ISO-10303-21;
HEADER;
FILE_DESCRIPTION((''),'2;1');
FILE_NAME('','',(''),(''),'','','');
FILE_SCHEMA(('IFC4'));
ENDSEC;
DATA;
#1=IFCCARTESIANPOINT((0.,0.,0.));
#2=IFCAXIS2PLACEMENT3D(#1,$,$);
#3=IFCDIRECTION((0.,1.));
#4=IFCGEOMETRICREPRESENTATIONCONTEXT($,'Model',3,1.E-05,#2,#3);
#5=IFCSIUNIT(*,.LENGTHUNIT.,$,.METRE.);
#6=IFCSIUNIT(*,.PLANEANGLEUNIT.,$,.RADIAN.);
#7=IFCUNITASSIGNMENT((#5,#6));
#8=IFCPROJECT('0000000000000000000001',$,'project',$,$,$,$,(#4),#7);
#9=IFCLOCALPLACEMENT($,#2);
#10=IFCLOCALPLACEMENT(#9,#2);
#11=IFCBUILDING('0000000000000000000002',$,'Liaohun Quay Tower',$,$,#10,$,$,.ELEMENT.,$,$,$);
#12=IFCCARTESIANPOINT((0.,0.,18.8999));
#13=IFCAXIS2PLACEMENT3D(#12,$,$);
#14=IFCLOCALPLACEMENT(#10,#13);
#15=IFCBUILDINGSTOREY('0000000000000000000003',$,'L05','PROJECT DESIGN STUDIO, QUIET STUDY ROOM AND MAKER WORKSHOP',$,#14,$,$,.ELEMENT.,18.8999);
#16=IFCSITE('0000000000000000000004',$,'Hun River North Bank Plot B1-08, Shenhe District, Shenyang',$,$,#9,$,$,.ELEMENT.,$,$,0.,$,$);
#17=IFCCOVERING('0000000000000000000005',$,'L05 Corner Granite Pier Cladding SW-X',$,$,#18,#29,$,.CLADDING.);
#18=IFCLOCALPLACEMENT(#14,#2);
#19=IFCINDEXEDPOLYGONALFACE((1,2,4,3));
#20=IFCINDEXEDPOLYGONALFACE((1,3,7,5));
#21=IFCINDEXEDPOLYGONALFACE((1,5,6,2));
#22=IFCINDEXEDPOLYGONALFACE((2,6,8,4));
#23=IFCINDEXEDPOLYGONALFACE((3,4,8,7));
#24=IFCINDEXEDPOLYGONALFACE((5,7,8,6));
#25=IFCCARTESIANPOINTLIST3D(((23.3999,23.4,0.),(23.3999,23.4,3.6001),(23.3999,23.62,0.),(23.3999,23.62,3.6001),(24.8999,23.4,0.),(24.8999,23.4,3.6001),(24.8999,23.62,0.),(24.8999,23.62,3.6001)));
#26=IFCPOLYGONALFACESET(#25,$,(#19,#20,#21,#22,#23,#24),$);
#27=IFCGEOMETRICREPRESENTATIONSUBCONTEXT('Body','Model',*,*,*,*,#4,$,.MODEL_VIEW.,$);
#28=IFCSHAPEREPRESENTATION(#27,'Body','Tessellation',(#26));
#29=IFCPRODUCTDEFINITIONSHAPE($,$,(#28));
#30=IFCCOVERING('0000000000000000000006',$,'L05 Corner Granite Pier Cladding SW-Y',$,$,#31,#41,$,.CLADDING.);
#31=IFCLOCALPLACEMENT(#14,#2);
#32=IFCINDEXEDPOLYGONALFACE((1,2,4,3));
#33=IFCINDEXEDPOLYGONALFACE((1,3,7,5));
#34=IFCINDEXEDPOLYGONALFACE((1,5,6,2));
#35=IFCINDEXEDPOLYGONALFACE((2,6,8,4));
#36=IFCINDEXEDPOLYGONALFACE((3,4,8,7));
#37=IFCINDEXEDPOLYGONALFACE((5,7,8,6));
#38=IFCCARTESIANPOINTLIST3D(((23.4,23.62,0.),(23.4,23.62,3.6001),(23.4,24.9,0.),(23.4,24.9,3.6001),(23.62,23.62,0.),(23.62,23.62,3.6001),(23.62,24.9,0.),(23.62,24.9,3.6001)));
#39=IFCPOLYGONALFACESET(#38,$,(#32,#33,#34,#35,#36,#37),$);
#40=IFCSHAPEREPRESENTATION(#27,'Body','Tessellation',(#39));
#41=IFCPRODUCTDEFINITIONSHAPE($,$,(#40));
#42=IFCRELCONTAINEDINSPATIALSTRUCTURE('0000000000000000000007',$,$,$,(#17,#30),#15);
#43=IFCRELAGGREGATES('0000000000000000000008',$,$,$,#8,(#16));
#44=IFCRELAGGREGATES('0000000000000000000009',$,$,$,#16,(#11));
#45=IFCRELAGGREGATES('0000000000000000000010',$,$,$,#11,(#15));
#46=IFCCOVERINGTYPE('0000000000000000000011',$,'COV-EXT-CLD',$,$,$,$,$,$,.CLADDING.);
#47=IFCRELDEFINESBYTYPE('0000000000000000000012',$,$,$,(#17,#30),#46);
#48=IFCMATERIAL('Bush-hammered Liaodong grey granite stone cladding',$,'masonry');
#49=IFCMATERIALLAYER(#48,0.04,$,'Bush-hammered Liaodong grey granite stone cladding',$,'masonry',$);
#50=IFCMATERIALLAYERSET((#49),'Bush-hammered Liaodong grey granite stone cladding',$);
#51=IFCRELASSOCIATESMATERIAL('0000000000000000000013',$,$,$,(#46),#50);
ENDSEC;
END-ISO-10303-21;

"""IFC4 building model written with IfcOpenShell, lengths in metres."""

from ifc_helpers import new_model, si_unit, direction, frame, origin, origin_2d, place, context, subcontext, project, spatial, rectangle, extrude, source, transform, mapped, material, layer, layer_set, type_object, element, save


model = new_model("IFC4")

# Units and contexts
model_context = context("Model", 3, precision=1e-05, world=origin(), true_north=direction((0.0, 1.0)))
body_context = subcontext(model_context, "Body", "Model", "MODEL_VIEW")
ifc_project = project(units=[si_unit("LENGTHUNIT", "METRE"), si_unit("PLANEANGLEUNIT", "RADIAN")], contexts=[model_context])

# Site, building, storey
site_placement = place(None, origin())
site = spatial("IfcSite", under=ifc_project, at=site_placement, Name="Hun River North Bank Plot B1-08, Shenhe District, Shenyang", CompositionType="ELEMENT", RefElevation=0.0)
building_placement = place(site_placement, origin())
building = spatial("IfcBuilding", under=site, at=building_placement, Name="Liaohun Quay Tower", CompositionType="ELEMENT")
storey_placement = place(building_placement, frame((0.0, 0.0, 18.8999)))
storey = spatial("IfcBuildingStorey", under=building, at=storey_placement, Name="L05", Description="PROJECT DESIGN STUDIO, QUIET STUDY ROOM AND MAKER WORKSHOP", CompositionType="ELEMENT", Elevation=18.8999)

# Coverings
ifc_material_1 = material(Name="Bush-hammered Liaodong grey granite stone cladding", Category="masonry")
ifc_layer_1 = layer(ifc_material_1, 0.04, Name="Bush-hammered Liaodong grey granite stone cladding", Category="masonry")
ifc_layer_set_1 = layer_set([ifc_layer_1], Name="Bush-hammered Liaodong grey granite stone cladding")
covering_type_1 = type_object("IfcCoveringType", Name="COV-EXT-CLD", PredefinedType="CLADDING", material=ifc_layer_set_1)
shared_shape_1 = source(origin(), body_context, "Body", "SweptSolid", [
    extrude(rectangle(XDim=1.5, YDim=0.22, at=origin_2d()), origin(), (0.0, 0.0, 1.0), 3.6001),
])
covering_1_placement = place(storey_placement, frame((24.1499, 23.51, 0.0), z_axis=(0.0, 0.0, 1.0), x_axis=(1.0, 0.0, 0.0)))
element("IfcCovering", 1, at=covering_1_placement, inside=storey, type_object=covering_type_1, Name="L05 Corner Granite Pier Cladding SW-X", PredefinedType="CLADDING", context=body_context, shape_type="MappedRepresentation", body=[
    mapped(shared_shape_1, transform((0.0, 0.0, 0.0), x_axis=(1.0, 0.0, 0.0), y_axis=(0.0, 1.0, 0.0), z_axis=(0.0, 0.0, 1.0), scale=1.0)),
])
shared_shape_2 = source(origin(), body_context, "Body", "SweptSolid", [
    extrude(rectangle(XDim=0.22, YDim=1.28, at=origin_2d()), origin(), (0.0, 0.0, 1.0), 3.6001),
])
covering_2_placement = place(storey_placement, frame((23.51, 24.26, 0.0), z_axis=(0.0, 0.0, 1.0), x_axis=(1.0, 0.0, 0.0)))
element("IfcCovering", 2, at=covering_2_placement, inside=storey, type_object=covering_type_1, Name="L05 Corner Granite Pier Cladding SW-Y", PredefinedType="CLADDING", context=body_context, shape_type="MappedRepresentation", body=[
    mapped(shared_shape_2, transform((0.0, 0.0, 0.0), x_axis=(1.0, 0.0, 0.0), y_axis=(0.0, 1.0, 0.0), z_axis=(0.0, 0.0, 1.0), scale=1.0)),
])

save(model, "model.ifc")
